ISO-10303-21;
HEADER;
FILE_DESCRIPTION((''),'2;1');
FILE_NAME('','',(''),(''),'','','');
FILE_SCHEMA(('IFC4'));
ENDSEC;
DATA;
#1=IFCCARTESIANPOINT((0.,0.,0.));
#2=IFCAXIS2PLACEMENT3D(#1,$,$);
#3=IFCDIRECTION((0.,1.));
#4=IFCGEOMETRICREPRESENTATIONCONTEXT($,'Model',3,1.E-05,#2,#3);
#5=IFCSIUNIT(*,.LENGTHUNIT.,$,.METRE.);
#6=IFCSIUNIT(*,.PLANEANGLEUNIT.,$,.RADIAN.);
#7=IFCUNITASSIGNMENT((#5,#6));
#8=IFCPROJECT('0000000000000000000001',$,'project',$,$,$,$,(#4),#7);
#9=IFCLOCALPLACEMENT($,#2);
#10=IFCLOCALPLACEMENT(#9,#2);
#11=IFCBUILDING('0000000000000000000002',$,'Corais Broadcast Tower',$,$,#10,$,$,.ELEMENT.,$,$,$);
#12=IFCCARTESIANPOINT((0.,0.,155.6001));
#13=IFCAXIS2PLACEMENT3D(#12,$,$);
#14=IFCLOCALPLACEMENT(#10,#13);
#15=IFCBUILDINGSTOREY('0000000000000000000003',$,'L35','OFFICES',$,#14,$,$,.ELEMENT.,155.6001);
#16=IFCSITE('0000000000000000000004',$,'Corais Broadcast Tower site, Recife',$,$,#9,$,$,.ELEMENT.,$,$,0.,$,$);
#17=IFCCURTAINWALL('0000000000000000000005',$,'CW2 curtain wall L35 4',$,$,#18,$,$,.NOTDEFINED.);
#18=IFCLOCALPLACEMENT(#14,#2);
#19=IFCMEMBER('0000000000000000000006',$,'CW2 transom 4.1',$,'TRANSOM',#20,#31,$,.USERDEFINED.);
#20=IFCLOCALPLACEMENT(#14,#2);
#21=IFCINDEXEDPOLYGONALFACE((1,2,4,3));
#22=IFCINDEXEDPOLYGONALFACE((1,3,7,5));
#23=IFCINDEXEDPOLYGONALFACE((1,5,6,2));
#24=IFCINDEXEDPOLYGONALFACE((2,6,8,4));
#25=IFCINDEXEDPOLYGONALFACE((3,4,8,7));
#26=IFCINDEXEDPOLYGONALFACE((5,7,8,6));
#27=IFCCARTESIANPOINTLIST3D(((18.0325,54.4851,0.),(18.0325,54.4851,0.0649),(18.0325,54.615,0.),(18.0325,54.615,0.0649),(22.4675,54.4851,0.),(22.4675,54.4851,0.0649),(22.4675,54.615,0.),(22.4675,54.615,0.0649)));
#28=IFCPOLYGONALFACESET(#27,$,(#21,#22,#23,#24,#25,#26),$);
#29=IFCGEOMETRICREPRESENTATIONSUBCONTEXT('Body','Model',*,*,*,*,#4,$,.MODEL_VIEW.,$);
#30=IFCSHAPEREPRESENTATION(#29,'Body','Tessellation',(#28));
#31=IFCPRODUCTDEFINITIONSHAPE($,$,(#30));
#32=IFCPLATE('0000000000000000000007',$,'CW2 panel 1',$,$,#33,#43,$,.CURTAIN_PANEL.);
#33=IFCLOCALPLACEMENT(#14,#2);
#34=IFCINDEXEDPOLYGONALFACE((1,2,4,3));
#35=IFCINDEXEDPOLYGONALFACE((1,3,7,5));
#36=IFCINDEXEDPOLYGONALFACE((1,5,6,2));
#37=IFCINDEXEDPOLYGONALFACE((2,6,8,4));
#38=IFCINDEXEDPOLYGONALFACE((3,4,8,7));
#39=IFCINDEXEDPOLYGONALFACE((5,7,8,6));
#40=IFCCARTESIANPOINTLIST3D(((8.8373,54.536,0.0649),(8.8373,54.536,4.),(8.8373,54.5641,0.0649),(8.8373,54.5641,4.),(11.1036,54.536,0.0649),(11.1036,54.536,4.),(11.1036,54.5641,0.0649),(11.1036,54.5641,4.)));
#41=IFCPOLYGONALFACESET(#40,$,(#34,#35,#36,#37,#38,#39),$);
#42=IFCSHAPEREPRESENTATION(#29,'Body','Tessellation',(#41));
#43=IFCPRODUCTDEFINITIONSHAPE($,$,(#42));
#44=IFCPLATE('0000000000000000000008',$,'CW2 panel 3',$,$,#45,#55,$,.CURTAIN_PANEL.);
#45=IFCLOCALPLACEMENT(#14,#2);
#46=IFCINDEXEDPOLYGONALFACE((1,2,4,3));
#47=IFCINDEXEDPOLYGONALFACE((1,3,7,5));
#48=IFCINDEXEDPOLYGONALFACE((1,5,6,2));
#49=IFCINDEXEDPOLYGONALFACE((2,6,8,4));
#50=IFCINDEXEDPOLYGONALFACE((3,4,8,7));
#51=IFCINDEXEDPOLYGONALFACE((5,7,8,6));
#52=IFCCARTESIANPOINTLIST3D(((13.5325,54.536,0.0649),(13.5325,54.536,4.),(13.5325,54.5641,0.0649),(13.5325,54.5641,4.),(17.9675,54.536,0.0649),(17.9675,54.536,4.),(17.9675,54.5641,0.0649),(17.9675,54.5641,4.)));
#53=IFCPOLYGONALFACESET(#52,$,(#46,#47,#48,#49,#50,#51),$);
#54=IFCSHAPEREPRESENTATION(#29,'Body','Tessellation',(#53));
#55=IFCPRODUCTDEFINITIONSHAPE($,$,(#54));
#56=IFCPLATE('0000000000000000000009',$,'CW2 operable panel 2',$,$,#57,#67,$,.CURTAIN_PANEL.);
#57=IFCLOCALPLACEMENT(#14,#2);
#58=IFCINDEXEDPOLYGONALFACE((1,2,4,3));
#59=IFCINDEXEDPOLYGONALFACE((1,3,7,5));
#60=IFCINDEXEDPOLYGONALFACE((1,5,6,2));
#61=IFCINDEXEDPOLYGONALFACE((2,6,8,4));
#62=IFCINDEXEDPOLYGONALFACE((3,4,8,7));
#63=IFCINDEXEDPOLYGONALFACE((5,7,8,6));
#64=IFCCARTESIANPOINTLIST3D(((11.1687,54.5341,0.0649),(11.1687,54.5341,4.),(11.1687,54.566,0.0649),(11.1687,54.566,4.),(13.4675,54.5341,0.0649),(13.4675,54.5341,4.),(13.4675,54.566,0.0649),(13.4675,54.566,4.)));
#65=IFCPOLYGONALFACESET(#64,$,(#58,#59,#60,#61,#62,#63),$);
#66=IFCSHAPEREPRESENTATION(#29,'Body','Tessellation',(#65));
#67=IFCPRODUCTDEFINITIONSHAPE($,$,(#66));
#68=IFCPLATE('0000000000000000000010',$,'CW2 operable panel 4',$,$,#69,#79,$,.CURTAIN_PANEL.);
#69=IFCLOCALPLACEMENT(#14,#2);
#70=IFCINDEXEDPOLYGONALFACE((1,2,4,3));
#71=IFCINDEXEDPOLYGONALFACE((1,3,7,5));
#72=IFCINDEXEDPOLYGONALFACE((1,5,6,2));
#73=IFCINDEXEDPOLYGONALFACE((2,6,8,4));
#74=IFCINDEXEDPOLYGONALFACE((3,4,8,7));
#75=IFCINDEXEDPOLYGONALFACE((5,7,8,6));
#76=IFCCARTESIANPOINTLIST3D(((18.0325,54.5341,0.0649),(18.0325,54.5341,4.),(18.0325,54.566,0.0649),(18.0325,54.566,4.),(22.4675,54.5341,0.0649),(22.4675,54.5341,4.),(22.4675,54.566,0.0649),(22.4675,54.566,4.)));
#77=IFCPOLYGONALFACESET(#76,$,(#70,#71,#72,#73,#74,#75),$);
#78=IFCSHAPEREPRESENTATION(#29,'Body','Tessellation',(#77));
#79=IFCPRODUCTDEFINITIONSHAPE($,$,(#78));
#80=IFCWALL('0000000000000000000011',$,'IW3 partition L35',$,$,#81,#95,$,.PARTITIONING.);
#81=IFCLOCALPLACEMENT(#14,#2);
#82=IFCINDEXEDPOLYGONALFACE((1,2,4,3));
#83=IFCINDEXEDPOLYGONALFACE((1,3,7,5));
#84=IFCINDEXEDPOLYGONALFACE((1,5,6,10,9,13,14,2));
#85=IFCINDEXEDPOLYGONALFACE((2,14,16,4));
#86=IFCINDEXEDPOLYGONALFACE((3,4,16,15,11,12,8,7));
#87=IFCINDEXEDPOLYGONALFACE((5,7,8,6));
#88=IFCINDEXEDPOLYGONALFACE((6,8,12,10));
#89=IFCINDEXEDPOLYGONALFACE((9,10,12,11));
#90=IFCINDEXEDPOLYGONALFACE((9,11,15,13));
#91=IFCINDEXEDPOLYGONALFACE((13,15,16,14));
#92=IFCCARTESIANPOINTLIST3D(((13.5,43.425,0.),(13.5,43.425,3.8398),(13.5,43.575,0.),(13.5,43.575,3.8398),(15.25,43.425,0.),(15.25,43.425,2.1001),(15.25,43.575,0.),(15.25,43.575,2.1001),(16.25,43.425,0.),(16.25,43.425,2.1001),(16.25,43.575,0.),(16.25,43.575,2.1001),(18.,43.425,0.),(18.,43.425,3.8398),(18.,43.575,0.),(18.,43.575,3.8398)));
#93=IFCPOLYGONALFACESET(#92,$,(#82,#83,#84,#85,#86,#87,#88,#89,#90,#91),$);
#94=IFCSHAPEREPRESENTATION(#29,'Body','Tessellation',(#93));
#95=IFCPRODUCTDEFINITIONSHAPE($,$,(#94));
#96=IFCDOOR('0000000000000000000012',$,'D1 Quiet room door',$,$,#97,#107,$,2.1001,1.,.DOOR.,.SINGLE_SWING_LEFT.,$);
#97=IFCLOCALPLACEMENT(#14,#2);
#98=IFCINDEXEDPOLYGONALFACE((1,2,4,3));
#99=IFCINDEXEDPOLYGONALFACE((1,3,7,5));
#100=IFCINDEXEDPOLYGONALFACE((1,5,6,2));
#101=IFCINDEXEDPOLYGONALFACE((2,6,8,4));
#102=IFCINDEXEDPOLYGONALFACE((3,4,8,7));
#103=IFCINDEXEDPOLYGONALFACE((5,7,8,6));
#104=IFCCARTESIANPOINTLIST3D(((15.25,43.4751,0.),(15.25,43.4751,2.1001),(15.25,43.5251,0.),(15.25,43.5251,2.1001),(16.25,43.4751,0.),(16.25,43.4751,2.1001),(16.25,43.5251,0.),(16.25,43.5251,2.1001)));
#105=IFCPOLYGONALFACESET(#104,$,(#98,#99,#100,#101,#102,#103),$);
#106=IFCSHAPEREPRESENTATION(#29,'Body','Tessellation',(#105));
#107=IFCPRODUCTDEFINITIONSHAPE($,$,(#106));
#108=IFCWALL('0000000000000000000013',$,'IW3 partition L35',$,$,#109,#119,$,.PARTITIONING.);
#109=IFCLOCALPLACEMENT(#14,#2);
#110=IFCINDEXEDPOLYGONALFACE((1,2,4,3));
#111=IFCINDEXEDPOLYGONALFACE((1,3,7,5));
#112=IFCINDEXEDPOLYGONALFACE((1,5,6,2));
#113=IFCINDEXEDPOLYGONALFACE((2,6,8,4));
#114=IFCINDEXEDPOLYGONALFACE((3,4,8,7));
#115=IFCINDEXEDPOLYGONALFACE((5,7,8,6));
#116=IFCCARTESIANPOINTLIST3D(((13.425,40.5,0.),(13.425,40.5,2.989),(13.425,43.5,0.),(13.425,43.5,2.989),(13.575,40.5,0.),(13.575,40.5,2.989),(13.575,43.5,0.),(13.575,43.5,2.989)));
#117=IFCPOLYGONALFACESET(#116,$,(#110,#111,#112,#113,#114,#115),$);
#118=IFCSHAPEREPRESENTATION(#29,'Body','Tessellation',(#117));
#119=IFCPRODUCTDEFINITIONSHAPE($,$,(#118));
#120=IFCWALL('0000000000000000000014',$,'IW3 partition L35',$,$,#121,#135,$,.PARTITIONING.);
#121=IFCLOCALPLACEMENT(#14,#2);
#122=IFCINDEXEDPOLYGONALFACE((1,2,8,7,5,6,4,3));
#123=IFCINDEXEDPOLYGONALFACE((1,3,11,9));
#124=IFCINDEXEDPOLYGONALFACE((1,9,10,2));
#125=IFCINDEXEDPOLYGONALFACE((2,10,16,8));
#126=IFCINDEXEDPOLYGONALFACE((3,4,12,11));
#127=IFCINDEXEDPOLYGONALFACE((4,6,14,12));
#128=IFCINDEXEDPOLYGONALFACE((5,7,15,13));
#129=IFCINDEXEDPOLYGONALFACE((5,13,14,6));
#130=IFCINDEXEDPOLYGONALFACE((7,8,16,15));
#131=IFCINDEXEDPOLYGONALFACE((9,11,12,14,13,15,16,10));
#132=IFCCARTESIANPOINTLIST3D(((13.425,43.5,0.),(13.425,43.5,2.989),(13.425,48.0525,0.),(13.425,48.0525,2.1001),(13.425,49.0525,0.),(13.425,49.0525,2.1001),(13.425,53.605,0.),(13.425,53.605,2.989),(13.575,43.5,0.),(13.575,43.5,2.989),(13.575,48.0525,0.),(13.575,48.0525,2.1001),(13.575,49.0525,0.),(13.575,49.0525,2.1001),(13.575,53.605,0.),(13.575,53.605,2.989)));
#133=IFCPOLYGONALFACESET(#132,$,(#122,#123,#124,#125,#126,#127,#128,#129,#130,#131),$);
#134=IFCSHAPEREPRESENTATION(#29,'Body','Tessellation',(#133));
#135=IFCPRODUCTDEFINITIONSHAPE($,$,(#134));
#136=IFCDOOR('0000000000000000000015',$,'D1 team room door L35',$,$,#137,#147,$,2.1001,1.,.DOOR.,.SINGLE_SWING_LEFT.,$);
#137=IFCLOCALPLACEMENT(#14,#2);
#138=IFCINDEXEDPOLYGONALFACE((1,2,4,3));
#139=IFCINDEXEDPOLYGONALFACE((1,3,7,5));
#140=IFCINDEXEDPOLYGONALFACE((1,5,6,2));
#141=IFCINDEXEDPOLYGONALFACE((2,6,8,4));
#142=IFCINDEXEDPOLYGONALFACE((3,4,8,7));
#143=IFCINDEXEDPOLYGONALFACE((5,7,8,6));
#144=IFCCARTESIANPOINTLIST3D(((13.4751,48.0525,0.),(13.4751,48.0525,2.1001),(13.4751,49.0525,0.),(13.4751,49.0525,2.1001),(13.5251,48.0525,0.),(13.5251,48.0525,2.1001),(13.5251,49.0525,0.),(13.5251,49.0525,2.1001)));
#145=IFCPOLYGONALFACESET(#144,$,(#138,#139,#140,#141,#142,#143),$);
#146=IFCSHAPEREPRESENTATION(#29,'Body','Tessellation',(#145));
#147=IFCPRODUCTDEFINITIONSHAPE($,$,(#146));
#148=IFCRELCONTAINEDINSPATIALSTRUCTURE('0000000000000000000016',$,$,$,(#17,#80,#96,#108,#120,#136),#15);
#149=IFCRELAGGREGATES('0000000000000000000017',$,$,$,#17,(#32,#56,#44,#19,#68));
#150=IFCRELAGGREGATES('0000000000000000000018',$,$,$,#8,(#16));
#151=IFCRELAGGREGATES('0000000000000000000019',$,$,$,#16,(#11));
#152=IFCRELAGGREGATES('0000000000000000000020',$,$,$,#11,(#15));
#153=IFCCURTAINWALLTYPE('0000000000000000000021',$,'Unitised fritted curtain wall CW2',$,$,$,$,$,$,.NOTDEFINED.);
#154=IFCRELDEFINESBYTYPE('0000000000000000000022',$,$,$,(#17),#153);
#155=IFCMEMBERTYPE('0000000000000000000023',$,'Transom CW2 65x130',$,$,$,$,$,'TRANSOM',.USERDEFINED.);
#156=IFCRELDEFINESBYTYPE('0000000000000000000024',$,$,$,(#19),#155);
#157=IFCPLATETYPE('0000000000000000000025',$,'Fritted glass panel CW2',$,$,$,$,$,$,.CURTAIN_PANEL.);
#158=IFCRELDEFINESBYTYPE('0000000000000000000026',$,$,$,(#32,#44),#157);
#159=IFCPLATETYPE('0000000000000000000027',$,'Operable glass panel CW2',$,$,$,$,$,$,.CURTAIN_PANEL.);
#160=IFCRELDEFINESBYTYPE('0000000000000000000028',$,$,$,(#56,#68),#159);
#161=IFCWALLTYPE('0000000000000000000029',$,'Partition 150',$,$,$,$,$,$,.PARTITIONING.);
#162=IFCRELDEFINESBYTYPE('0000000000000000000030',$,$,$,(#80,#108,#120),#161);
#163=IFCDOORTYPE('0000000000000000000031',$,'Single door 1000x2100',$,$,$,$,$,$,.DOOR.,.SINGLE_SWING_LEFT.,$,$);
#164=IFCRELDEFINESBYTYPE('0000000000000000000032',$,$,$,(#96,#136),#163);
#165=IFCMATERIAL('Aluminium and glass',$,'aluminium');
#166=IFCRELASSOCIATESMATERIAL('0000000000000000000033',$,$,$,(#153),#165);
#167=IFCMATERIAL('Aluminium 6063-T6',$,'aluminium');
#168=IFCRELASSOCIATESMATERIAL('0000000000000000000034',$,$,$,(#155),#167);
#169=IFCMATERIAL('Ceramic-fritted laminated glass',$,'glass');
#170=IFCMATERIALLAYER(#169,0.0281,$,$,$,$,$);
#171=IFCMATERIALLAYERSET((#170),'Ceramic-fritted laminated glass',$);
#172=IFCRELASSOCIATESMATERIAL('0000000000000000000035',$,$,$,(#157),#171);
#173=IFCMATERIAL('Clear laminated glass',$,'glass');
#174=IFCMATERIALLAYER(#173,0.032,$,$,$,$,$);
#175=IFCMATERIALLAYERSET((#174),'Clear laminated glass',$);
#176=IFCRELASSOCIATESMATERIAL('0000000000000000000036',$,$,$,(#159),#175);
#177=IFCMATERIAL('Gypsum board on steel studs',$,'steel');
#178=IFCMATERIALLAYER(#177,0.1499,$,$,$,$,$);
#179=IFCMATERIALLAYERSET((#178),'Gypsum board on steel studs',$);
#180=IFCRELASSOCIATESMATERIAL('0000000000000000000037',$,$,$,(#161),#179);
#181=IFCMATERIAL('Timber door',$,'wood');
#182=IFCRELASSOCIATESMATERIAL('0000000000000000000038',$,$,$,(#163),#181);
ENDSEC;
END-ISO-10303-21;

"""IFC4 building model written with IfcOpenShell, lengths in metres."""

from ifc_helpers import new_model, si_unit, direction, frame, frame_2d, origin, origin_2d, place, context, subcontext, project, spatial, rectangle, extrude, material, layer, layer_set, material_profile, profile_set, type_object, element, fill, aggregate, save


model = new_model("IFC4")

# Units and contexts
model_context = context("Model", 3, precision=1e-05, world=origin(), true_north=direction((0.0, 1.0)))
body_context = subcontext(model_context, "Body", "Model", "MODEL_VIEW")
ifc_project = project(units=[si_unit("LENGTHUNIT", "METRE"), si_unit("PLANEANGLEUNIT", "RADIAN")], contexts=[model_context])

# Site, building, storey
site_placement = place(None, origin())
site = spatial("IfcSite", under=ifc_project, at=site_placement, Name="Corais Broadcast Tower site, Recife", CompositionType="ELEMENT", RefElevation=0.0)
building_placement = place(site_placement, origin())
building = spatial("IfcBuilding", under=site, at=building_placement, Name="Corais Broadcast Tower", CompositionType="ELEMENT")
storey_placement = place(building_placement, frame((0.0, 0.0, 155.6001)))
storey = spatial("IfcBuildingStorey", under=building, at=storey_placement, Name="L35", Description="OFFICES", CompositionType="ELEMENT", Elevation=155.6001)

# Curtain wall
ifc_material_1 = material(Name="Aluminium and glass", Category="aluminium")
curtain_wall_type = type_object("IfcCurtainWallType", Name="Unitised fritted curtain wall CW2", PredefinedType="NOTDEFINED", material=ifc_material_1)
curtain_wall_placement = place(storey_placement, origin())
curtain_wall = element("IfcCurtainWall", 1, at=curtain_wall_placement, inside=storey, type_object=curtain_wall_type, Name="CW2 curtain wall L35 4", PredefinedType="NOTDEFINED")

# Member
ifc_material_2 = material(Name="Aluminium 6063-T6", Category="aluminium")
ifc_material_profile_1 = material_profile(ifc_material_2, rectangle(XDim=0.1299, YDim=0.0649, at=origin_2d()), Name="Transom CW2 65x130")
ifc_profile_set_1 = profile_set([ifc_material_profile_1], Name="Aluminium 6063-T6")
member_type_1 = type_object("IfcMemberType", Name="Transom CW2 65x130", ElementType="TRANSOM", PredefinedType="USERDEFINED", material=ifc_profile_set_1)
member_1_placement = place(storey_placement, frame((18.0325, 54.55, 0.0325), z_axis=(1.0, 0.0, 0.0), x_axis=(0.0, 1.0, 0.0)))
member_1 = element("IfcMember", 2, at=member_1_placement, type_object=member_type_1, Name="CW2 transom 4.1", ObjectType="TRANSOM", PredefinedType="USERDEFINED", context=body_context, shape_type="SweptSolid", body=[
    extrude(rectangle(XDim=0.1299, YDim=0.0649, at=origin_2d()), origin(), (0.0, 0.0, 1.0), 4.4351),
])

# Plates
ifc_material_3 = material(Name="Ceramic-fritted laminated glass", Category="glass")
ifc_layer_1 = layer(ifc_material_3, 0.0281)
ifc_layer_set_1 = layer_set([ifc_layer_1], Name="Ceramic-fritted laminated glass")
plate_type_1 = type_object("IfcPlateType", Name="Fritted glass panel CW2", PredefinedType="CURTAIN_PANEL", material=ifc_layer_set_1)
plate_1_placement = place(storey_placement, frame((9.9705, 54.55, 0.0649), z_axis=(0.0, 0.0, 1.0), x_axis=(1.0, 0.0, 0.0)))
plate_1 = element("IfcPlate", 3, at=plate_1_placement, type_object=plate_type_1, Name="CW2 panel 1", PredefinedType="CURTAIN_PANEL", context=body_context, shape_type="SweptSolid", body=[
    extrude(rectangle(XDim=2.2664, YDim=0.0281, at=origin_2d()), origin(), (0.0, 0.0, 1.0), 3.9351),
])
plate_2_placement = place(storey_placement, frame((15.75, 54.55, 0.0649), z_axis=(0.0, 0.0, 1.0), x_axis=(1.0, 0.0, 0.0)))
plate_2 = element("IfcPlate", 4, at=plate_2_placement, type_object=plate_type_1, Name="CW2 panel 3", PredefinedType="CURTAIN_PANEL", context=body_context, shape_type="SweptSolid", body=[
    extrude(rectangle(XDim=4.4351, YDim=0.0281, at=origin_2d()), origin(), (0.0, 0.0, 1.0), 3.9351),
])
ifc_material_4 = material(Name="Clear laminated glass", Category="glass")
ifc_layer_2 = layer(ifc_material_4, 0.032)
ifc_layer_set_2 = layer_set([ifc_layer_2], Name="Clear laminated glass")
plate_type_2 = type_object("IfcPlateType", Name="Operable glass panel CW2", PredefinedType="CURTAIN_PANEL", material=ifc_layer_set_2)
plate_3_placement = place(storey_placement, frame((12.3181, 54.55, 0.0649), z_axis=(0.0, 0.0, 1.0), x_axis=(1.0, 0.0, 0.0)))
plate_3 = element("IfcPlate", 5, at=plate_3_placement, type_object=plate_type_2, Name="CW2 operable panel 2", PredefinedType="CURTAIN_PANEL", context=body_context, shape_type="SweptSolid", body=[
    extrude(rectangle(XDim=2.2988, YDim=0.032, at=origin_2d()), origin(), (0.0, 0.0, 1.0), 3.9351),
])
plate_4_placement = place(storey_placement, frame((20.25, 54.55, 0.0649), z_axis=(0.0, 0.0, 1.0), x_axis=(1.0, 0.0, 0.0)))
plate_4 = element("IfcPlate", 6, at=plate_4_placement, type_object=plate_type_2, Name="CW2 operable panel 4", PredefinedType="CURTAIN_PANEL", context=body_context, shape_type="SweptSolid", body=[
    extrude(rectangle(XDim=4.4351, YDim=0.032, at=origin_2d()), origin(), (0.0, 0.0, 1.0), 3.9351),
])
aggregate(curtain_wall, [plate_1, plate_3, plate_2, member_1, plate_4])

# Wall, opening, door
ifc_material_5 = material(Name="Gypsum board on steel studs", Category="steel")
ifc_layer_3 = layer(ifc_material_5, 0.1499)
ifc_layer_set_3 = layer_set([ifc_layer_3], Name="Gypsum board on steel studs")
wall_type = type_object("IfcWallType", Name="Partition 150", PredefinedType="PARTITIONING", material=ifc_layer_set_3)
wall_1_placement = place(storey_placement, frame((18.0, 43.5, 0.0), z_axis=(0.0, 0.0, 1.0), x_axis=(-1.0, 0.0, 0.0)))
wall_1 = element("IfcWall", 7, at=wall_1_placement, inside=storey, type_object=wall_type, Name="IW3 partition L35", PredefinedType="PARTITIONING", context=body_context, shape_type="SweptSolid", body=[
    extrude(rectangle(XDim=4.5, YDim=0.1499, at=frame_2d((2.25, 0.0))), origin(), (0.0, 0.0, 1.0), 3.8398),
])
opening_1_placement = place(wall_1_placement, frame((1.75, 0.0, 0.0)))
opening_1 = element("IfcOpeningElement", 8, at=opening_1_placement, cuts=wall_1, PredefinedType="OPENING", context=body_context, shape_type="SweptSolid", body=[
    extrude(rectangle(XDim=1.0, YDim=2.1001, at=frame_2d((0.5, 1.05))), frame((0.0, 0.085, 0.0), z_axis=(0.0, -1.0, 0.0), x_axis=(1.0, 0.0, 0.0)), (0.0, 0.0, 1.0), 0.1699),
])
ifc_material_6 = material(Name="Timber door", Category="wood")
door_type = type_object("IfcDoorType", Name="Single door 1000x2100", OperationType="SINGLE_SWING_LEFT", PredefinedType="DOOR", material=ifc_material_6)
door_1_placement = place(opening_1_placement, origin())
door_1 = element("IfcDoor", 9, at=door_1_placement, inside=storey, type_object=door_type, Name="D1 Quiet room door", OperationType="SINGLE_SWING_LEFT", OverallHeight=2.1001, OverallWidth=1.0, PredefinedType="DOOR", context=body_context, shape_type="SweptSolid", body=[
    extrude(rectangle(XDim=1.0, YDim=2.1001, at=frame_2d((0.5, 1.05))), frame((0.0, 0.0249, 0.0), z_axis=(0.0, -1.0, 0.0), x_axis=(1.0, 0.0, 0.0)), (0.0, 0.0, 1.0), 0.05),
])
fill(opening_1, door_1)

# Wall
wall_2_placement = place(storey_placement, frame((13.5, 43.5, 0.0), z_axis=(0.0, 0.0, 1.0), x_axis=(0.0, -1.0, 0.0)))
element("IfcWall", 10, at=wall_2_placement, inside=storey, type_object=wall_type, Name="IW3 partition L35", PredefinedType="PARTITIONING", context=body_context, shape_type="SweptSolid", body=[
    extrude(rectangle(XDim=3.0, YDim=0.1499, at=frame_2d((1.5, 0.0))), origin(), (0.0, 0.0, 1.0), 2.989),
])

# Wall, opening, door
wall_3_placement = place(storey_placement, frame((13.5, 43.5, 0.0), z_axis=(0.0, 0.0, 1.0), x_axis=(0.0, 1.0, 0.0)))
wall_3 = element("IfcWall", 11, at=wall_3_placement, inside=storey, type_object=wall_type, Name="IW3 partition L35", PredefinedType="PARTITIONING", context=body_context, shape_type="SweptSolid", body=[
    extrude(rectangle(XDim=10.105, YDim=0.1499, at=frame_2d((5.0525, 0.0))), origin(), (0.0, 0.0, 1.0), 2.989),
])
opening_2_placement = place(wall_3_placement, frame((4.5525, 0.0, 0.0)))
opening_2 = element("IfcOpeningElement", 12, at=opening_2_placement, cuts=wall_3, PredefinedType="OPENING", context=body_context, shape_type="SweptSolid", body=[
    extrude(rectangle(XDim=1.0, YDim=2.1001, at=frame_2d((0.5, 1.05))), frame((0.0, 0.085, 0.0), z_axis=(0.0, -1.0, 0.0), x_axis=(1.0, 0.0, 0.0)), (0.0, 0.0, 1.0), 0.1699),
])
door_2_placement = place(opening_2_placement, origin())
door_2 = element("IfcDoor", 13, at=door_2_placement, inside=storey, type_object=door_type, Name="D1 team room door L35", OperationType="SINGLE_SWING_LEFT", OverallHeight=2.1001, OverallWidth=1.0, PredefinedType="DOOR", context=body_context, shape_type="SweptSolid", body=[
    extrude(rectangle(XDim=1.0, YDim=2.1001, at=frame_2d((0.5, 1.05))), frame((0.0, 0.0249, 0.0), z_axis=(0.0, -1.0, 0.0), x_axis=(1.0, 0.0, 0.0)), (0.0, 0.0, 1.0), 0.05),
])
fill(opening_2, door_2)

save(model, "model.ifc")
